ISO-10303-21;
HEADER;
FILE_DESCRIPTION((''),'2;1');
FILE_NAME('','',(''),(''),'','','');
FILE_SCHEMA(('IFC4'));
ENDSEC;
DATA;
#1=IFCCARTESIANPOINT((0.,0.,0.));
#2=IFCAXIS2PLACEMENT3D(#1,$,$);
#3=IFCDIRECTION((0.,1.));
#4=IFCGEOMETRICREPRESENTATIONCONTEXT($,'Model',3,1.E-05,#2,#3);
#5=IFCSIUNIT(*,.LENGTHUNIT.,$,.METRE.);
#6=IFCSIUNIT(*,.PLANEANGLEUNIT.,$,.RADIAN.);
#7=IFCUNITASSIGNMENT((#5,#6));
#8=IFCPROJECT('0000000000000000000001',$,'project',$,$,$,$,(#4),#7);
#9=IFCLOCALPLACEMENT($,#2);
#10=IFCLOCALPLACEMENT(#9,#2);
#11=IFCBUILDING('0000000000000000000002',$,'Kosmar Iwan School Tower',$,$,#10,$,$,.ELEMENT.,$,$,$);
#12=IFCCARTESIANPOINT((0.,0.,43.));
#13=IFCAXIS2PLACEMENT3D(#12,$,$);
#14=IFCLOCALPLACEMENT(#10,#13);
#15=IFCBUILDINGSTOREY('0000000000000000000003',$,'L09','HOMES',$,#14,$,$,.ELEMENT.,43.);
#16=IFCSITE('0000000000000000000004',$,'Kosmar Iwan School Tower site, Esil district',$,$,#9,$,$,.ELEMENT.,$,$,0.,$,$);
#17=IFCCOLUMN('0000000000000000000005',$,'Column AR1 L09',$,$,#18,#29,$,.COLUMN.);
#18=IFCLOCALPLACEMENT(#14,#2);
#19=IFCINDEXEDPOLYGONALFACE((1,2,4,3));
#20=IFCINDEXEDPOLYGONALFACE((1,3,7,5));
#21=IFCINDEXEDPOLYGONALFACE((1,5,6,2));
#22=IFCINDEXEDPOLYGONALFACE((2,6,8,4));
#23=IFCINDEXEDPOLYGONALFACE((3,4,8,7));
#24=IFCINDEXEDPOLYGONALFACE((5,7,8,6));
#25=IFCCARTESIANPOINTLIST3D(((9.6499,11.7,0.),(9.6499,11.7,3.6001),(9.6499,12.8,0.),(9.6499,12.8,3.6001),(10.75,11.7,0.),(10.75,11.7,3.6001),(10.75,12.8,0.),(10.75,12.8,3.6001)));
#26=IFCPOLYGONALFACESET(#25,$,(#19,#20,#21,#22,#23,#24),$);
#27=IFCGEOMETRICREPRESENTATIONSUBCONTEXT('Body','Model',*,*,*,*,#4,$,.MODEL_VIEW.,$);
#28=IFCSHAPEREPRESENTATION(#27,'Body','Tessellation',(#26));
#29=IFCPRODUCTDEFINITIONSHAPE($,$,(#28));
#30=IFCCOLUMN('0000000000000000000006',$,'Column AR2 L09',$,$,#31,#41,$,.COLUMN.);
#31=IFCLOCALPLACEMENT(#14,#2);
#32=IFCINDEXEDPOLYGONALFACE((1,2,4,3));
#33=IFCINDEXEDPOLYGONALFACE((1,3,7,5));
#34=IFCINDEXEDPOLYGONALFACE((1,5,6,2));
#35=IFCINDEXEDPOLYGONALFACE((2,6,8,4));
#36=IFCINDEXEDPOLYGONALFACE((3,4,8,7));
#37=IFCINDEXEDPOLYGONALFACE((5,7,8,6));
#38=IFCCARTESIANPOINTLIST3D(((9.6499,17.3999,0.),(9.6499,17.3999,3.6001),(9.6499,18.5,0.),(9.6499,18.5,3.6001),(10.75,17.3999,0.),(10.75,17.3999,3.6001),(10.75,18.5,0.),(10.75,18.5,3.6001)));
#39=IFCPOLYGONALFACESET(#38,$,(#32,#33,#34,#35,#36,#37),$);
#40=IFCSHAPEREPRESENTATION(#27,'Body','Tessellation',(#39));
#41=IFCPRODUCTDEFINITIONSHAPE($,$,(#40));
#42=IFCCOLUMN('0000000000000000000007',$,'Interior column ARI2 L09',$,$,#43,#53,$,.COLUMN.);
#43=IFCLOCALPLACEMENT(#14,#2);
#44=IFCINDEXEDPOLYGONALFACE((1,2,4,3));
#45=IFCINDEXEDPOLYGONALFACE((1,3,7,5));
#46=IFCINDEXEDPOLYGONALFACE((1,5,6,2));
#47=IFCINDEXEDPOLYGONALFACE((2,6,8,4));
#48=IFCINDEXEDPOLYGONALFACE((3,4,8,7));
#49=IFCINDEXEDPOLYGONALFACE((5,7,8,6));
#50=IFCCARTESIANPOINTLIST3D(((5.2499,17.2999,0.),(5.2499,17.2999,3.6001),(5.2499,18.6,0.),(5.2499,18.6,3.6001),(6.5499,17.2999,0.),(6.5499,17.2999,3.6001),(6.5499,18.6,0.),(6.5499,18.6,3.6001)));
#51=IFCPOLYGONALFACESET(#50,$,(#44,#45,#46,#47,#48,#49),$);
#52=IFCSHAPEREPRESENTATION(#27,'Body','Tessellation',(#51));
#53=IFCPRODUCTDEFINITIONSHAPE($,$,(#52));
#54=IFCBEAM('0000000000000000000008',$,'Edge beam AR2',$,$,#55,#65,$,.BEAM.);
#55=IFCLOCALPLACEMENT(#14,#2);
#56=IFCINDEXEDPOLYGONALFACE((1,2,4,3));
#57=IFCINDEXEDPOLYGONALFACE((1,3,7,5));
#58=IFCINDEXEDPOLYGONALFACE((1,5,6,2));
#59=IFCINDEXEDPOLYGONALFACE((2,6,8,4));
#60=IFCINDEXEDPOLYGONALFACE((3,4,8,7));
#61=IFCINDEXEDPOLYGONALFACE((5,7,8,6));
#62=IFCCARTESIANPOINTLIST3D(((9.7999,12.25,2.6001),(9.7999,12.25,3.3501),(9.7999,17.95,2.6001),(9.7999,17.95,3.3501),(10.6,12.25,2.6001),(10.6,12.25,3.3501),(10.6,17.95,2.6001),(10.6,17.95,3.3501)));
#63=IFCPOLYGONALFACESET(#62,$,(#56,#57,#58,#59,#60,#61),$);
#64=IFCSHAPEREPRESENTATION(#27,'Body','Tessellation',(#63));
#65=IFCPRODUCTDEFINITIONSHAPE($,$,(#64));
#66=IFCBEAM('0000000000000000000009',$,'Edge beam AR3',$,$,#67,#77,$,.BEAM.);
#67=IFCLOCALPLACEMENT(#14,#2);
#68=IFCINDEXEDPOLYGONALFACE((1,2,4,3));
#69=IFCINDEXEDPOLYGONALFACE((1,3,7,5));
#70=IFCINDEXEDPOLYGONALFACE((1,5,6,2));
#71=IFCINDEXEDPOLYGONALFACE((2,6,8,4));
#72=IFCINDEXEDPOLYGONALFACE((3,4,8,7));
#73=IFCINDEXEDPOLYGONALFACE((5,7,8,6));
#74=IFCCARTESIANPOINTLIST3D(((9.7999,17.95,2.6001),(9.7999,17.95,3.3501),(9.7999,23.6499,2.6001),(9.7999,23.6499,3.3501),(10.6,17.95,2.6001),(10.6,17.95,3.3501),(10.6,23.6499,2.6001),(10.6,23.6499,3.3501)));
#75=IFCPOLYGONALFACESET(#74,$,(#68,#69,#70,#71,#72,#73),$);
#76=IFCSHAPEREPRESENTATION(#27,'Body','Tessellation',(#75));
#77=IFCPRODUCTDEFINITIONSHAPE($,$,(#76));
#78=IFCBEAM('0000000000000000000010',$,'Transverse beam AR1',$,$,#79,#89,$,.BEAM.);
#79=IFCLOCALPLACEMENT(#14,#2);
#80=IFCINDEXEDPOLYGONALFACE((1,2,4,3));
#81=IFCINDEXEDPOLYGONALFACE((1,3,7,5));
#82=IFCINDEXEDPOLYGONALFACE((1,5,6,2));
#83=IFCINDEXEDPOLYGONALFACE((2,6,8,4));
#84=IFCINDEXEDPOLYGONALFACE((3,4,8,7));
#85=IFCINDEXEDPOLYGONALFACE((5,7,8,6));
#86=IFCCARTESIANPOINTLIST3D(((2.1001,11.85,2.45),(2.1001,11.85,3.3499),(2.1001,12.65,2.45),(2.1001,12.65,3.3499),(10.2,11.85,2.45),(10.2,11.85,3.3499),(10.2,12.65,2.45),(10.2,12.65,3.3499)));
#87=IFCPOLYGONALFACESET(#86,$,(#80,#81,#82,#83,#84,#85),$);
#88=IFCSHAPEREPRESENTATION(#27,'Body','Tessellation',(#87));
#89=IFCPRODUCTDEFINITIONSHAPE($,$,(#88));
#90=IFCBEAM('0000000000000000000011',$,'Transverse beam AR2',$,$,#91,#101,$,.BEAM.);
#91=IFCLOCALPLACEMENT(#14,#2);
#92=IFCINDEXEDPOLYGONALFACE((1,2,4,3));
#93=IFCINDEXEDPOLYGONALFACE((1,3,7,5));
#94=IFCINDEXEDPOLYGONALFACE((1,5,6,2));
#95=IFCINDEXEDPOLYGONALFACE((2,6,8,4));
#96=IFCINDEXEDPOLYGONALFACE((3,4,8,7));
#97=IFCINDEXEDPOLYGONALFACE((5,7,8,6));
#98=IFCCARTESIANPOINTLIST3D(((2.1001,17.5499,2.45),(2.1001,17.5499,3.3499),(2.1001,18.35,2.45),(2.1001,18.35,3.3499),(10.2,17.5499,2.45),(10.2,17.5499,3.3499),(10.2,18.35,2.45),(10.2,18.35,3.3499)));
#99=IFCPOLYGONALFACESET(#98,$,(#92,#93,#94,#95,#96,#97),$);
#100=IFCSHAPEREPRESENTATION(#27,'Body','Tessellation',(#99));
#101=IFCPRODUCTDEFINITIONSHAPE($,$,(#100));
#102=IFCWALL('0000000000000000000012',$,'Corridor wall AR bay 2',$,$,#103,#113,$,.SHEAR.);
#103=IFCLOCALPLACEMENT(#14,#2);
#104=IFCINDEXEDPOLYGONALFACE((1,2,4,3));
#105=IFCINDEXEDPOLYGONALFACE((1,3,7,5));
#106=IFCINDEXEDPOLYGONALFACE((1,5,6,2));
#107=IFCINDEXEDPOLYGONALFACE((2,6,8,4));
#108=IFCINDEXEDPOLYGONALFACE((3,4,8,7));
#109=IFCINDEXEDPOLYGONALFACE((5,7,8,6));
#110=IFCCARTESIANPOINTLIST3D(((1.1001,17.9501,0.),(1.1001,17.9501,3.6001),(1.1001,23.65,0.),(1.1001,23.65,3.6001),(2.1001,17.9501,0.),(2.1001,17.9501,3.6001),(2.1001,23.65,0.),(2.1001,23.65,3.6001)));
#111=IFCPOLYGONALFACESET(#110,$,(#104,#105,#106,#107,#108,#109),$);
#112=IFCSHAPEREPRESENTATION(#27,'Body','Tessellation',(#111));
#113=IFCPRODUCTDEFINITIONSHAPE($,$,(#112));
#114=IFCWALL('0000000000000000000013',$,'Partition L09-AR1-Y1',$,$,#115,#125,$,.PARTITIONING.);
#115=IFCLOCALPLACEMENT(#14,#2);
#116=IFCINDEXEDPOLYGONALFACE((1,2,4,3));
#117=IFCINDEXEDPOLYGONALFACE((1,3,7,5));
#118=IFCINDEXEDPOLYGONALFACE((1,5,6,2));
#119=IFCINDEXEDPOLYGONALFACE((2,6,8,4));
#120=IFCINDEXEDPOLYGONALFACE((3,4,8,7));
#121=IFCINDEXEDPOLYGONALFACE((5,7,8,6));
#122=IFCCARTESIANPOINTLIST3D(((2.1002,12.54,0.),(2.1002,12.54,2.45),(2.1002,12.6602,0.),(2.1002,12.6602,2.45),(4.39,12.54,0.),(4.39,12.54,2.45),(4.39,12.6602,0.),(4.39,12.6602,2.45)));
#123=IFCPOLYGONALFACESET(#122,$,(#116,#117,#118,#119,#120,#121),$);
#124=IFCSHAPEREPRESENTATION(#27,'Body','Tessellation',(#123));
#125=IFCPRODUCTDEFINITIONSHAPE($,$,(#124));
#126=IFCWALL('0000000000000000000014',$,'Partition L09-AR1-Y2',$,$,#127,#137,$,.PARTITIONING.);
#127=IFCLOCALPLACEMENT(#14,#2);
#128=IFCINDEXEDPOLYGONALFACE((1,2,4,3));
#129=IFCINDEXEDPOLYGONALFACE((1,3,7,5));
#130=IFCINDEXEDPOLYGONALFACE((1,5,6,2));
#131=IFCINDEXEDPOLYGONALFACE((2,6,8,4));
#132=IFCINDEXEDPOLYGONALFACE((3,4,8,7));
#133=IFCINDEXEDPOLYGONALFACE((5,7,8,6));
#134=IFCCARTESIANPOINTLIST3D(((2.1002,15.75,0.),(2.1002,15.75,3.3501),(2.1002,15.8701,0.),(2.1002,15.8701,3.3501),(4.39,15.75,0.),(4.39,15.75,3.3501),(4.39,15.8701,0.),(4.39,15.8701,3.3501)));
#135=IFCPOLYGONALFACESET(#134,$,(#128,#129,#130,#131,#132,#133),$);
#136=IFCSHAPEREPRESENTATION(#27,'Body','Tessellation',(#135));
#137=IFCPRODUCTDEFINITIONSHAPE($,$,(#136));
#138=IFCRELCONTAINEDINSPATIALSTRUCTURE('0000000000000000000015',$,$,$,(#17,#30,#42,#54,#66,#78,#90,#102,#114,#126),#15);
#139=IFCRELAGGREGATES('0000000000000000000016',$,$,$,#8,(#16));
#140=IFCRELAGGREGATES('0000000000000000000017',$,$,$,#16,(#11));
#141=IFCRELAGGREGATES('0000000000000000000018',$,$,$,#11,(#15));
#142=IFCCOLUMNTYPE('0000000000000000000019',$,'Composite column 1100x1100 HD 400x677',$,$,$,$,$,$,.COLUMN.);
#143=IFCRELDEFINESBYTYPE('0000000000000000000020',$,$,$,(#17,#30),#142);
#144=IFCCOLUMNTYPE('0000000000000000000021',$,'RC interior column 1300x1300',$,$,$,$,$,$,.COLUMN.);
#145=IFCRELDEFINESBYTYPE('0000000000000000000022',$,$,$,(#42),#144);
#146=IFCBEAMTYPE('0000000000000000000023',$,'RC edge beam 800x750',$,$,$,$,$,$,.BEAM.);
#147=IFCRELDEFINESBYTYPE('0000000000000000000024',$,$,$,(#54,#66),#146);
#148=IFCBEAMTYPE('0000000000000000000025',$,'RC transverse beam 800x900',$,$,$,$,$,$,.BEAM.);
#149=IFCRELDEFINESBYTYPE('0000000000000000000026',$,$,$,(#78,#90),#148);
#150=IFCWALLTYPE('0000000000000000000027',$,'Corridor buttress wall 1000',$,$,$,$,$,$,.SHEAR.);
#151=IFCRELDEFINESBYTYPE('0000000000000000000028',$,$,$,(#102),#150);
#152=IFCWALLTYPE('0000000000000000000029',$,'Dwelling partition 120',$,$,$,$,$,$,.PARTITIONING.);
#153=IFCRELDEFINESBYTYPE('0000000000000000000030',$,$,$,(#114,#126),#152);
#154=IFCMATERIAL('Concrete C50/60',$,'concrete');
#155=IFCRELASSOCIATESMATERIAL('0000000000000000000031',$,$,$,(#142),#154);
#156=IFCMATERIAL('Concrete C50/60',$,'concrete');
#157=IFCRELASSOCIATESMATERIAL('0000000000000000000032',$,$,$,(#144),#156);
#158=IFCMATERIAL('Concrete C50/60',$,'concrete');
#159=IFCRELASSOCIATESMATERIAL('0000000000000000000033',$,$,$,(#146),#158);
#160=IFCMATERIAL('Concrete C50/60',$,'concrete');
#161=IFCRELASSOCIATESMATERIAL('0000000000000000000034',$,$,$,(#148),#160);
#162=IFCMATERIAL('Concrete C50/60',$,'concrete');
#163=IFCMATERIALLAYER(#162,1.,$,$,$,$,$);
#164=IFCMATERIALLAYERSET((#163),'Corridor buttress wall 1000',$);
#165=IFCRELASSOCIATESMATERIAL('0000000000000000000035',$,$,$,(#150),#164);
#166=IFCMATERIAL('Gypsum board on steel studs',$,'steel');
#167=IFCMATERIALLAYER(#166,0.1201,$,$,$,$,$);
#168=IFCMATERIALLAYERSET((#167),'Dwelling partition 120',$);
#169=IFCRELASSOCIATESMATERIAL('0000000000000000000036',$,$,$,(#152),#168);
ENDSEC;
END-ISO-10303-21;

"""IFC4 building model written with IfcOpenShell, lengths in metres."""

from ifc_helpers import new_model, si_unit, direction, frame, frame_2d, origin, origin_2d, place, context, subcontext, project, spatial, rectangle, extrude, material, layer, layer_set, material_profile, profile_set, type_object, element, save


model = new_model("IFC4")

# Units and contexts
model_context = context("Model", 3, precision=1e-05, world=origin(), true_north=direction((0.0, 1.0)))
body_context = subcontext(model_context, "Body", "Model", "MODEL_VIEW")
ifc_project = project(units=[si_unit("LENGTHUNIT", "METRE"), si_unit("PLANEANGLEUNIT", "RADIAN")], contexts=[model_context])

# Site, building, storey
site_placement = place(None, origin())
site = spatial("IfcSite", under=ifc_project, at=site_placement, Name="Kosmar Iwan School Tower site, Esil district", CompositionType="ELEMENT", RefElevation=0.0)
building_placement = place(site_placement, origin())
building = spatial("IfcBuilding", under=site, at=building_placement, Name="Kosmar Iwan School Tower", CompositionType="ELEMENT")
storey_placement = place(building_placement, frame((0.0, 0.0, 43.0)))
storey = spatial("IfcBuildingStorey", under=building, at=storey_placement, Name="L09", Description="HOMES", CompositionType="ELEMENT", Elevation=43.0)

# Columns
ifc_material_1 = material(Name="Concrete C50/60", Category="concrete")
ifc_material_profile_1 = material_profile(ifc_material_1, rectangle(XDim=1.1001, YDim=1.1001, at=origin_2d()), Name="RC 1100x1100 + HD 400x677")
ifc_profile_set_1 = profile_set([ifc_material_profile_1], Name="Concrete C50/60")
column_type_1 = type_object("IfcColumnType", Name="Composite column 1100x1100 HD 400x677", PredefinedType="COLUMN", material=ifc_profile_set_1)
for number, where, z_axis, x_axis, name in (
    (1, (10.2, 12.25, 0.0), (0.0, 0.0, 1.0), (0.0, 1.0, 0.0), "Column AR1 L09"),
    (2, (10.2, 17.95, 0.0), (0.0, 0.0, 1.0), (0.0, 1.0, 0.0), "Column AR2 L09"),
):
    element("IfcColumn", number, at=place(storey_placement, frame(where, z_axis=z_axis, x_axis=x_axis)), inside=storey, type_object=column_type_1, Name=name, PredefinedType="COLUMN", context=body_context, shape_type="SweptSolid", body=[
        extrude(rectangle(XDim=1.1001, YDim=1.1001, at=origin_2d()), origin(), (0.0, 0.0, 1.0), 3.6001),
    ])
ifc_material_2 = material(Name="Concrete C50/60", Category="concrete")
ifc_material_profile_2 = material_profile(ifc_material_2, rectangle(XDim=1.3, YDim=1.3, at=origin_2d()), Name="RC 1300x1300")
ifc_profile_set_2 = profile_set([ifc_material_profile_2], Name="Concrete C50/60")
column_type_2 = type_object("IfcColumnType", Name="RC interior column 1300x1300", PredefinedType="COLUMN", material=ifc_profile_set_2)
column_placement = place(storey_placement, frame((5.8999, 17.95, 0.0), z_axis=(0.0, 0.0, 1.0), x_axis=(0.0, 1.0, 0.0)))
element("IfcColumn", 3, at=column_placement, inside=storey, type_object=column_type_2, Name="Interior column ARI2 L09", PredefinedType="COLUMN", context=body_context, shape_type="SweptSolid", body=[
    extrude(rectangle(XDim=1.3, YDim=1.3, at=origin_2d()), origin(), (0.0, 0.0, 1.0), 3.6001),
])

# Beams
ifc_material_3 = material(Name="Concrete C50/60", Category="concrete")
ifc_material_profile_3 = material_profile(ifc_material_3, rectangle(XDim=0.8, YDim=0.75, at=origin_2d()), Name="RC 800x750")
ifc_profile_set_3 = profile_set([ifc_material_profile_3], Name="Concrete C50/60")
beam_type_1 = type_object("IfcBeamType", Name="RC edge beam 800x750", PredefinedType="BEAM", material=ifc_profile_set_3)
for number, where, z_axis, x_axis, name in (
    (4, (10.2, 12.25, 2.9751), (0.0, 1.0, 0.0), (-1.0, 0.0, 0.0), "Edge beam AR2"),
    (5, (10.2, 17.95, 2.9751), (0.0, 1.0, 0.0), (-1.0, 0.0, 0.0), "Edge beam AR3"),
):
    element("IfcBeam", number, at=place(storey_placement, frame(where, z_axis=z_axis, x_axis=x_axis)), inside=storey, type_object=beam_type_1, Name=name, PredefinedType="BEAM", context=body_context, shape_type="SweptSolid", body=[
        extrude(rectangle(XDim=0.8, YDim=0.75, at=origin_2d()), origin(), (0.0, 0.0, 1.0), 5.7),
    ])
ifc_material_4 = material(Name="Concrete C50/60", Category="concrete")
ifc_material_profile_4 = material_profile(ifc_material_4, rectangle(XDim=0.8, YDim=0.8999, at=origin_2d()), Name="RC 800x900")
ifc_profile_set_4 = profile_set([ifc_material_profile_4], Name="Concrete C50/60")
beam_type_2 = type_object("IfcBeamType", Name="RC transverse beam 800x900", PredefinedType="BEAM", material=ifc_profile_set_4)
for number, where, z_axis, x_axis, name in (
    (6, (10.2, 12.25, 2.8999), (-1.0, 0.0, 0.0), (0.0, -1.0, 0.0), "Transverse beam AR1"),
    (7, (10.2, 17.95, 2.8999), (-1.0, 0.0, 0.0), (0.0, -1.0, 0.0), "Transverse beam AR2"),
):
    element("IfcBeam", number, at=place(storey_placement, frame(where, z_axis=z_axis, x_axis=x_axis)), inside=storey, type_object=beam_type_2, Name=name, PredefinedType="BEAM", context=body_context, shape_type="SweptSolid", body=[
        extrude(rectangle(XDim=0.8, YDim=0.8999, at=origin_2d()), origin(), (0.0, 0.0, 1.0), 8.0999),
    ])

# Walls
ifc_material_5 = material(Name="Concrete C50/60", Category="concrete")
ifc_layer_1 = layer(ifc_material_5, 1.0)
ifc_layer_set_1 = layer_set([ifc_layer_1], Name="Corridor buttress wall 1000")
wall_type_1 = type_object("IfcWallType", Name="Corridor buttress wall 1000", PredefinedType="SHEAR", material=ifc_layer_set_1)
wall_1_placement = place(storey_placement, frame((1.6001, 17.95, 0.0), z_axis=(0.0, 0.0, 1.0), x_axis=(0.0, 1.0, 0.0)))
element("IfcWall", 8, at=wall_1_placement, inside=storey, type_object=wall_type_1, Name="Corridor wall AR bay 2", PredefinedType="SHEAR", context=body_context, shape_type="SweptSolid", body=[
    extrude(rectangle(XDim=5.7, YDim=1.0, at=frame_2d((2.8501, 0.0))), origin(), (0.0, 0.0, 1.0), 3.6001),
])
ifc_material_6 = material(Name="Gypsum board on steel studs", Category="steel")
ifc_layer_2 = layer(ifc_material_6, 0.1201)
ifc_layer_set_2 = layer_set([ifc_layer_2], Name="Dwelling partition 120")
wall_type_2 = type_object("IfcWallType", Name="Dwelling partition 120", PredefinedType="PARTITIONING", material=ifc_layer_set_2)
wall_2_placement = place(storey_placement, frame((2.1001, 12.6001, 0.0), z_axis=(0.0, 0.0, 1.0), x_axis=(1.0, 0.0, 0.0)))
element("IfcWall", 9, at=wall_2_placement, inside=storey, type_object=wall_type_2, Name="Partition L09-AR1-Y1", PredefinedType="PARTITIONING", context=body_context, shape_type="SweptSolid", body=[
    extrude(rectangle(XDim=2.2898, YDim=0.1201, at=frame_2d((1.145, 0.0))), origin(), (0.0, 0.0, 1.0), 2.45),
])
wall_3_placement = place(storey_placement, frame((2.1001, 15.8101, 0.0), z_axis=(0.0, 0.0, 1.0), x_axis=(1.0, 0.0, 0.0)))
element("IfcWall", 10, at=wall_3_placement, inside=storey, type_object=wall_type_2, Name="Partition L09-AR1-Y2", PredefinedType="PARTITIONING", context=body_context, shape_type="SweptSolid", body=[
    extrude(rectangle(XDim=2.2898, YDim=0.1201, at=frame_2d((1.145, 0.0))), origin(), (0.0, 0.0, 1.0), 3.3501),
])

save(model, "model.ifc")
